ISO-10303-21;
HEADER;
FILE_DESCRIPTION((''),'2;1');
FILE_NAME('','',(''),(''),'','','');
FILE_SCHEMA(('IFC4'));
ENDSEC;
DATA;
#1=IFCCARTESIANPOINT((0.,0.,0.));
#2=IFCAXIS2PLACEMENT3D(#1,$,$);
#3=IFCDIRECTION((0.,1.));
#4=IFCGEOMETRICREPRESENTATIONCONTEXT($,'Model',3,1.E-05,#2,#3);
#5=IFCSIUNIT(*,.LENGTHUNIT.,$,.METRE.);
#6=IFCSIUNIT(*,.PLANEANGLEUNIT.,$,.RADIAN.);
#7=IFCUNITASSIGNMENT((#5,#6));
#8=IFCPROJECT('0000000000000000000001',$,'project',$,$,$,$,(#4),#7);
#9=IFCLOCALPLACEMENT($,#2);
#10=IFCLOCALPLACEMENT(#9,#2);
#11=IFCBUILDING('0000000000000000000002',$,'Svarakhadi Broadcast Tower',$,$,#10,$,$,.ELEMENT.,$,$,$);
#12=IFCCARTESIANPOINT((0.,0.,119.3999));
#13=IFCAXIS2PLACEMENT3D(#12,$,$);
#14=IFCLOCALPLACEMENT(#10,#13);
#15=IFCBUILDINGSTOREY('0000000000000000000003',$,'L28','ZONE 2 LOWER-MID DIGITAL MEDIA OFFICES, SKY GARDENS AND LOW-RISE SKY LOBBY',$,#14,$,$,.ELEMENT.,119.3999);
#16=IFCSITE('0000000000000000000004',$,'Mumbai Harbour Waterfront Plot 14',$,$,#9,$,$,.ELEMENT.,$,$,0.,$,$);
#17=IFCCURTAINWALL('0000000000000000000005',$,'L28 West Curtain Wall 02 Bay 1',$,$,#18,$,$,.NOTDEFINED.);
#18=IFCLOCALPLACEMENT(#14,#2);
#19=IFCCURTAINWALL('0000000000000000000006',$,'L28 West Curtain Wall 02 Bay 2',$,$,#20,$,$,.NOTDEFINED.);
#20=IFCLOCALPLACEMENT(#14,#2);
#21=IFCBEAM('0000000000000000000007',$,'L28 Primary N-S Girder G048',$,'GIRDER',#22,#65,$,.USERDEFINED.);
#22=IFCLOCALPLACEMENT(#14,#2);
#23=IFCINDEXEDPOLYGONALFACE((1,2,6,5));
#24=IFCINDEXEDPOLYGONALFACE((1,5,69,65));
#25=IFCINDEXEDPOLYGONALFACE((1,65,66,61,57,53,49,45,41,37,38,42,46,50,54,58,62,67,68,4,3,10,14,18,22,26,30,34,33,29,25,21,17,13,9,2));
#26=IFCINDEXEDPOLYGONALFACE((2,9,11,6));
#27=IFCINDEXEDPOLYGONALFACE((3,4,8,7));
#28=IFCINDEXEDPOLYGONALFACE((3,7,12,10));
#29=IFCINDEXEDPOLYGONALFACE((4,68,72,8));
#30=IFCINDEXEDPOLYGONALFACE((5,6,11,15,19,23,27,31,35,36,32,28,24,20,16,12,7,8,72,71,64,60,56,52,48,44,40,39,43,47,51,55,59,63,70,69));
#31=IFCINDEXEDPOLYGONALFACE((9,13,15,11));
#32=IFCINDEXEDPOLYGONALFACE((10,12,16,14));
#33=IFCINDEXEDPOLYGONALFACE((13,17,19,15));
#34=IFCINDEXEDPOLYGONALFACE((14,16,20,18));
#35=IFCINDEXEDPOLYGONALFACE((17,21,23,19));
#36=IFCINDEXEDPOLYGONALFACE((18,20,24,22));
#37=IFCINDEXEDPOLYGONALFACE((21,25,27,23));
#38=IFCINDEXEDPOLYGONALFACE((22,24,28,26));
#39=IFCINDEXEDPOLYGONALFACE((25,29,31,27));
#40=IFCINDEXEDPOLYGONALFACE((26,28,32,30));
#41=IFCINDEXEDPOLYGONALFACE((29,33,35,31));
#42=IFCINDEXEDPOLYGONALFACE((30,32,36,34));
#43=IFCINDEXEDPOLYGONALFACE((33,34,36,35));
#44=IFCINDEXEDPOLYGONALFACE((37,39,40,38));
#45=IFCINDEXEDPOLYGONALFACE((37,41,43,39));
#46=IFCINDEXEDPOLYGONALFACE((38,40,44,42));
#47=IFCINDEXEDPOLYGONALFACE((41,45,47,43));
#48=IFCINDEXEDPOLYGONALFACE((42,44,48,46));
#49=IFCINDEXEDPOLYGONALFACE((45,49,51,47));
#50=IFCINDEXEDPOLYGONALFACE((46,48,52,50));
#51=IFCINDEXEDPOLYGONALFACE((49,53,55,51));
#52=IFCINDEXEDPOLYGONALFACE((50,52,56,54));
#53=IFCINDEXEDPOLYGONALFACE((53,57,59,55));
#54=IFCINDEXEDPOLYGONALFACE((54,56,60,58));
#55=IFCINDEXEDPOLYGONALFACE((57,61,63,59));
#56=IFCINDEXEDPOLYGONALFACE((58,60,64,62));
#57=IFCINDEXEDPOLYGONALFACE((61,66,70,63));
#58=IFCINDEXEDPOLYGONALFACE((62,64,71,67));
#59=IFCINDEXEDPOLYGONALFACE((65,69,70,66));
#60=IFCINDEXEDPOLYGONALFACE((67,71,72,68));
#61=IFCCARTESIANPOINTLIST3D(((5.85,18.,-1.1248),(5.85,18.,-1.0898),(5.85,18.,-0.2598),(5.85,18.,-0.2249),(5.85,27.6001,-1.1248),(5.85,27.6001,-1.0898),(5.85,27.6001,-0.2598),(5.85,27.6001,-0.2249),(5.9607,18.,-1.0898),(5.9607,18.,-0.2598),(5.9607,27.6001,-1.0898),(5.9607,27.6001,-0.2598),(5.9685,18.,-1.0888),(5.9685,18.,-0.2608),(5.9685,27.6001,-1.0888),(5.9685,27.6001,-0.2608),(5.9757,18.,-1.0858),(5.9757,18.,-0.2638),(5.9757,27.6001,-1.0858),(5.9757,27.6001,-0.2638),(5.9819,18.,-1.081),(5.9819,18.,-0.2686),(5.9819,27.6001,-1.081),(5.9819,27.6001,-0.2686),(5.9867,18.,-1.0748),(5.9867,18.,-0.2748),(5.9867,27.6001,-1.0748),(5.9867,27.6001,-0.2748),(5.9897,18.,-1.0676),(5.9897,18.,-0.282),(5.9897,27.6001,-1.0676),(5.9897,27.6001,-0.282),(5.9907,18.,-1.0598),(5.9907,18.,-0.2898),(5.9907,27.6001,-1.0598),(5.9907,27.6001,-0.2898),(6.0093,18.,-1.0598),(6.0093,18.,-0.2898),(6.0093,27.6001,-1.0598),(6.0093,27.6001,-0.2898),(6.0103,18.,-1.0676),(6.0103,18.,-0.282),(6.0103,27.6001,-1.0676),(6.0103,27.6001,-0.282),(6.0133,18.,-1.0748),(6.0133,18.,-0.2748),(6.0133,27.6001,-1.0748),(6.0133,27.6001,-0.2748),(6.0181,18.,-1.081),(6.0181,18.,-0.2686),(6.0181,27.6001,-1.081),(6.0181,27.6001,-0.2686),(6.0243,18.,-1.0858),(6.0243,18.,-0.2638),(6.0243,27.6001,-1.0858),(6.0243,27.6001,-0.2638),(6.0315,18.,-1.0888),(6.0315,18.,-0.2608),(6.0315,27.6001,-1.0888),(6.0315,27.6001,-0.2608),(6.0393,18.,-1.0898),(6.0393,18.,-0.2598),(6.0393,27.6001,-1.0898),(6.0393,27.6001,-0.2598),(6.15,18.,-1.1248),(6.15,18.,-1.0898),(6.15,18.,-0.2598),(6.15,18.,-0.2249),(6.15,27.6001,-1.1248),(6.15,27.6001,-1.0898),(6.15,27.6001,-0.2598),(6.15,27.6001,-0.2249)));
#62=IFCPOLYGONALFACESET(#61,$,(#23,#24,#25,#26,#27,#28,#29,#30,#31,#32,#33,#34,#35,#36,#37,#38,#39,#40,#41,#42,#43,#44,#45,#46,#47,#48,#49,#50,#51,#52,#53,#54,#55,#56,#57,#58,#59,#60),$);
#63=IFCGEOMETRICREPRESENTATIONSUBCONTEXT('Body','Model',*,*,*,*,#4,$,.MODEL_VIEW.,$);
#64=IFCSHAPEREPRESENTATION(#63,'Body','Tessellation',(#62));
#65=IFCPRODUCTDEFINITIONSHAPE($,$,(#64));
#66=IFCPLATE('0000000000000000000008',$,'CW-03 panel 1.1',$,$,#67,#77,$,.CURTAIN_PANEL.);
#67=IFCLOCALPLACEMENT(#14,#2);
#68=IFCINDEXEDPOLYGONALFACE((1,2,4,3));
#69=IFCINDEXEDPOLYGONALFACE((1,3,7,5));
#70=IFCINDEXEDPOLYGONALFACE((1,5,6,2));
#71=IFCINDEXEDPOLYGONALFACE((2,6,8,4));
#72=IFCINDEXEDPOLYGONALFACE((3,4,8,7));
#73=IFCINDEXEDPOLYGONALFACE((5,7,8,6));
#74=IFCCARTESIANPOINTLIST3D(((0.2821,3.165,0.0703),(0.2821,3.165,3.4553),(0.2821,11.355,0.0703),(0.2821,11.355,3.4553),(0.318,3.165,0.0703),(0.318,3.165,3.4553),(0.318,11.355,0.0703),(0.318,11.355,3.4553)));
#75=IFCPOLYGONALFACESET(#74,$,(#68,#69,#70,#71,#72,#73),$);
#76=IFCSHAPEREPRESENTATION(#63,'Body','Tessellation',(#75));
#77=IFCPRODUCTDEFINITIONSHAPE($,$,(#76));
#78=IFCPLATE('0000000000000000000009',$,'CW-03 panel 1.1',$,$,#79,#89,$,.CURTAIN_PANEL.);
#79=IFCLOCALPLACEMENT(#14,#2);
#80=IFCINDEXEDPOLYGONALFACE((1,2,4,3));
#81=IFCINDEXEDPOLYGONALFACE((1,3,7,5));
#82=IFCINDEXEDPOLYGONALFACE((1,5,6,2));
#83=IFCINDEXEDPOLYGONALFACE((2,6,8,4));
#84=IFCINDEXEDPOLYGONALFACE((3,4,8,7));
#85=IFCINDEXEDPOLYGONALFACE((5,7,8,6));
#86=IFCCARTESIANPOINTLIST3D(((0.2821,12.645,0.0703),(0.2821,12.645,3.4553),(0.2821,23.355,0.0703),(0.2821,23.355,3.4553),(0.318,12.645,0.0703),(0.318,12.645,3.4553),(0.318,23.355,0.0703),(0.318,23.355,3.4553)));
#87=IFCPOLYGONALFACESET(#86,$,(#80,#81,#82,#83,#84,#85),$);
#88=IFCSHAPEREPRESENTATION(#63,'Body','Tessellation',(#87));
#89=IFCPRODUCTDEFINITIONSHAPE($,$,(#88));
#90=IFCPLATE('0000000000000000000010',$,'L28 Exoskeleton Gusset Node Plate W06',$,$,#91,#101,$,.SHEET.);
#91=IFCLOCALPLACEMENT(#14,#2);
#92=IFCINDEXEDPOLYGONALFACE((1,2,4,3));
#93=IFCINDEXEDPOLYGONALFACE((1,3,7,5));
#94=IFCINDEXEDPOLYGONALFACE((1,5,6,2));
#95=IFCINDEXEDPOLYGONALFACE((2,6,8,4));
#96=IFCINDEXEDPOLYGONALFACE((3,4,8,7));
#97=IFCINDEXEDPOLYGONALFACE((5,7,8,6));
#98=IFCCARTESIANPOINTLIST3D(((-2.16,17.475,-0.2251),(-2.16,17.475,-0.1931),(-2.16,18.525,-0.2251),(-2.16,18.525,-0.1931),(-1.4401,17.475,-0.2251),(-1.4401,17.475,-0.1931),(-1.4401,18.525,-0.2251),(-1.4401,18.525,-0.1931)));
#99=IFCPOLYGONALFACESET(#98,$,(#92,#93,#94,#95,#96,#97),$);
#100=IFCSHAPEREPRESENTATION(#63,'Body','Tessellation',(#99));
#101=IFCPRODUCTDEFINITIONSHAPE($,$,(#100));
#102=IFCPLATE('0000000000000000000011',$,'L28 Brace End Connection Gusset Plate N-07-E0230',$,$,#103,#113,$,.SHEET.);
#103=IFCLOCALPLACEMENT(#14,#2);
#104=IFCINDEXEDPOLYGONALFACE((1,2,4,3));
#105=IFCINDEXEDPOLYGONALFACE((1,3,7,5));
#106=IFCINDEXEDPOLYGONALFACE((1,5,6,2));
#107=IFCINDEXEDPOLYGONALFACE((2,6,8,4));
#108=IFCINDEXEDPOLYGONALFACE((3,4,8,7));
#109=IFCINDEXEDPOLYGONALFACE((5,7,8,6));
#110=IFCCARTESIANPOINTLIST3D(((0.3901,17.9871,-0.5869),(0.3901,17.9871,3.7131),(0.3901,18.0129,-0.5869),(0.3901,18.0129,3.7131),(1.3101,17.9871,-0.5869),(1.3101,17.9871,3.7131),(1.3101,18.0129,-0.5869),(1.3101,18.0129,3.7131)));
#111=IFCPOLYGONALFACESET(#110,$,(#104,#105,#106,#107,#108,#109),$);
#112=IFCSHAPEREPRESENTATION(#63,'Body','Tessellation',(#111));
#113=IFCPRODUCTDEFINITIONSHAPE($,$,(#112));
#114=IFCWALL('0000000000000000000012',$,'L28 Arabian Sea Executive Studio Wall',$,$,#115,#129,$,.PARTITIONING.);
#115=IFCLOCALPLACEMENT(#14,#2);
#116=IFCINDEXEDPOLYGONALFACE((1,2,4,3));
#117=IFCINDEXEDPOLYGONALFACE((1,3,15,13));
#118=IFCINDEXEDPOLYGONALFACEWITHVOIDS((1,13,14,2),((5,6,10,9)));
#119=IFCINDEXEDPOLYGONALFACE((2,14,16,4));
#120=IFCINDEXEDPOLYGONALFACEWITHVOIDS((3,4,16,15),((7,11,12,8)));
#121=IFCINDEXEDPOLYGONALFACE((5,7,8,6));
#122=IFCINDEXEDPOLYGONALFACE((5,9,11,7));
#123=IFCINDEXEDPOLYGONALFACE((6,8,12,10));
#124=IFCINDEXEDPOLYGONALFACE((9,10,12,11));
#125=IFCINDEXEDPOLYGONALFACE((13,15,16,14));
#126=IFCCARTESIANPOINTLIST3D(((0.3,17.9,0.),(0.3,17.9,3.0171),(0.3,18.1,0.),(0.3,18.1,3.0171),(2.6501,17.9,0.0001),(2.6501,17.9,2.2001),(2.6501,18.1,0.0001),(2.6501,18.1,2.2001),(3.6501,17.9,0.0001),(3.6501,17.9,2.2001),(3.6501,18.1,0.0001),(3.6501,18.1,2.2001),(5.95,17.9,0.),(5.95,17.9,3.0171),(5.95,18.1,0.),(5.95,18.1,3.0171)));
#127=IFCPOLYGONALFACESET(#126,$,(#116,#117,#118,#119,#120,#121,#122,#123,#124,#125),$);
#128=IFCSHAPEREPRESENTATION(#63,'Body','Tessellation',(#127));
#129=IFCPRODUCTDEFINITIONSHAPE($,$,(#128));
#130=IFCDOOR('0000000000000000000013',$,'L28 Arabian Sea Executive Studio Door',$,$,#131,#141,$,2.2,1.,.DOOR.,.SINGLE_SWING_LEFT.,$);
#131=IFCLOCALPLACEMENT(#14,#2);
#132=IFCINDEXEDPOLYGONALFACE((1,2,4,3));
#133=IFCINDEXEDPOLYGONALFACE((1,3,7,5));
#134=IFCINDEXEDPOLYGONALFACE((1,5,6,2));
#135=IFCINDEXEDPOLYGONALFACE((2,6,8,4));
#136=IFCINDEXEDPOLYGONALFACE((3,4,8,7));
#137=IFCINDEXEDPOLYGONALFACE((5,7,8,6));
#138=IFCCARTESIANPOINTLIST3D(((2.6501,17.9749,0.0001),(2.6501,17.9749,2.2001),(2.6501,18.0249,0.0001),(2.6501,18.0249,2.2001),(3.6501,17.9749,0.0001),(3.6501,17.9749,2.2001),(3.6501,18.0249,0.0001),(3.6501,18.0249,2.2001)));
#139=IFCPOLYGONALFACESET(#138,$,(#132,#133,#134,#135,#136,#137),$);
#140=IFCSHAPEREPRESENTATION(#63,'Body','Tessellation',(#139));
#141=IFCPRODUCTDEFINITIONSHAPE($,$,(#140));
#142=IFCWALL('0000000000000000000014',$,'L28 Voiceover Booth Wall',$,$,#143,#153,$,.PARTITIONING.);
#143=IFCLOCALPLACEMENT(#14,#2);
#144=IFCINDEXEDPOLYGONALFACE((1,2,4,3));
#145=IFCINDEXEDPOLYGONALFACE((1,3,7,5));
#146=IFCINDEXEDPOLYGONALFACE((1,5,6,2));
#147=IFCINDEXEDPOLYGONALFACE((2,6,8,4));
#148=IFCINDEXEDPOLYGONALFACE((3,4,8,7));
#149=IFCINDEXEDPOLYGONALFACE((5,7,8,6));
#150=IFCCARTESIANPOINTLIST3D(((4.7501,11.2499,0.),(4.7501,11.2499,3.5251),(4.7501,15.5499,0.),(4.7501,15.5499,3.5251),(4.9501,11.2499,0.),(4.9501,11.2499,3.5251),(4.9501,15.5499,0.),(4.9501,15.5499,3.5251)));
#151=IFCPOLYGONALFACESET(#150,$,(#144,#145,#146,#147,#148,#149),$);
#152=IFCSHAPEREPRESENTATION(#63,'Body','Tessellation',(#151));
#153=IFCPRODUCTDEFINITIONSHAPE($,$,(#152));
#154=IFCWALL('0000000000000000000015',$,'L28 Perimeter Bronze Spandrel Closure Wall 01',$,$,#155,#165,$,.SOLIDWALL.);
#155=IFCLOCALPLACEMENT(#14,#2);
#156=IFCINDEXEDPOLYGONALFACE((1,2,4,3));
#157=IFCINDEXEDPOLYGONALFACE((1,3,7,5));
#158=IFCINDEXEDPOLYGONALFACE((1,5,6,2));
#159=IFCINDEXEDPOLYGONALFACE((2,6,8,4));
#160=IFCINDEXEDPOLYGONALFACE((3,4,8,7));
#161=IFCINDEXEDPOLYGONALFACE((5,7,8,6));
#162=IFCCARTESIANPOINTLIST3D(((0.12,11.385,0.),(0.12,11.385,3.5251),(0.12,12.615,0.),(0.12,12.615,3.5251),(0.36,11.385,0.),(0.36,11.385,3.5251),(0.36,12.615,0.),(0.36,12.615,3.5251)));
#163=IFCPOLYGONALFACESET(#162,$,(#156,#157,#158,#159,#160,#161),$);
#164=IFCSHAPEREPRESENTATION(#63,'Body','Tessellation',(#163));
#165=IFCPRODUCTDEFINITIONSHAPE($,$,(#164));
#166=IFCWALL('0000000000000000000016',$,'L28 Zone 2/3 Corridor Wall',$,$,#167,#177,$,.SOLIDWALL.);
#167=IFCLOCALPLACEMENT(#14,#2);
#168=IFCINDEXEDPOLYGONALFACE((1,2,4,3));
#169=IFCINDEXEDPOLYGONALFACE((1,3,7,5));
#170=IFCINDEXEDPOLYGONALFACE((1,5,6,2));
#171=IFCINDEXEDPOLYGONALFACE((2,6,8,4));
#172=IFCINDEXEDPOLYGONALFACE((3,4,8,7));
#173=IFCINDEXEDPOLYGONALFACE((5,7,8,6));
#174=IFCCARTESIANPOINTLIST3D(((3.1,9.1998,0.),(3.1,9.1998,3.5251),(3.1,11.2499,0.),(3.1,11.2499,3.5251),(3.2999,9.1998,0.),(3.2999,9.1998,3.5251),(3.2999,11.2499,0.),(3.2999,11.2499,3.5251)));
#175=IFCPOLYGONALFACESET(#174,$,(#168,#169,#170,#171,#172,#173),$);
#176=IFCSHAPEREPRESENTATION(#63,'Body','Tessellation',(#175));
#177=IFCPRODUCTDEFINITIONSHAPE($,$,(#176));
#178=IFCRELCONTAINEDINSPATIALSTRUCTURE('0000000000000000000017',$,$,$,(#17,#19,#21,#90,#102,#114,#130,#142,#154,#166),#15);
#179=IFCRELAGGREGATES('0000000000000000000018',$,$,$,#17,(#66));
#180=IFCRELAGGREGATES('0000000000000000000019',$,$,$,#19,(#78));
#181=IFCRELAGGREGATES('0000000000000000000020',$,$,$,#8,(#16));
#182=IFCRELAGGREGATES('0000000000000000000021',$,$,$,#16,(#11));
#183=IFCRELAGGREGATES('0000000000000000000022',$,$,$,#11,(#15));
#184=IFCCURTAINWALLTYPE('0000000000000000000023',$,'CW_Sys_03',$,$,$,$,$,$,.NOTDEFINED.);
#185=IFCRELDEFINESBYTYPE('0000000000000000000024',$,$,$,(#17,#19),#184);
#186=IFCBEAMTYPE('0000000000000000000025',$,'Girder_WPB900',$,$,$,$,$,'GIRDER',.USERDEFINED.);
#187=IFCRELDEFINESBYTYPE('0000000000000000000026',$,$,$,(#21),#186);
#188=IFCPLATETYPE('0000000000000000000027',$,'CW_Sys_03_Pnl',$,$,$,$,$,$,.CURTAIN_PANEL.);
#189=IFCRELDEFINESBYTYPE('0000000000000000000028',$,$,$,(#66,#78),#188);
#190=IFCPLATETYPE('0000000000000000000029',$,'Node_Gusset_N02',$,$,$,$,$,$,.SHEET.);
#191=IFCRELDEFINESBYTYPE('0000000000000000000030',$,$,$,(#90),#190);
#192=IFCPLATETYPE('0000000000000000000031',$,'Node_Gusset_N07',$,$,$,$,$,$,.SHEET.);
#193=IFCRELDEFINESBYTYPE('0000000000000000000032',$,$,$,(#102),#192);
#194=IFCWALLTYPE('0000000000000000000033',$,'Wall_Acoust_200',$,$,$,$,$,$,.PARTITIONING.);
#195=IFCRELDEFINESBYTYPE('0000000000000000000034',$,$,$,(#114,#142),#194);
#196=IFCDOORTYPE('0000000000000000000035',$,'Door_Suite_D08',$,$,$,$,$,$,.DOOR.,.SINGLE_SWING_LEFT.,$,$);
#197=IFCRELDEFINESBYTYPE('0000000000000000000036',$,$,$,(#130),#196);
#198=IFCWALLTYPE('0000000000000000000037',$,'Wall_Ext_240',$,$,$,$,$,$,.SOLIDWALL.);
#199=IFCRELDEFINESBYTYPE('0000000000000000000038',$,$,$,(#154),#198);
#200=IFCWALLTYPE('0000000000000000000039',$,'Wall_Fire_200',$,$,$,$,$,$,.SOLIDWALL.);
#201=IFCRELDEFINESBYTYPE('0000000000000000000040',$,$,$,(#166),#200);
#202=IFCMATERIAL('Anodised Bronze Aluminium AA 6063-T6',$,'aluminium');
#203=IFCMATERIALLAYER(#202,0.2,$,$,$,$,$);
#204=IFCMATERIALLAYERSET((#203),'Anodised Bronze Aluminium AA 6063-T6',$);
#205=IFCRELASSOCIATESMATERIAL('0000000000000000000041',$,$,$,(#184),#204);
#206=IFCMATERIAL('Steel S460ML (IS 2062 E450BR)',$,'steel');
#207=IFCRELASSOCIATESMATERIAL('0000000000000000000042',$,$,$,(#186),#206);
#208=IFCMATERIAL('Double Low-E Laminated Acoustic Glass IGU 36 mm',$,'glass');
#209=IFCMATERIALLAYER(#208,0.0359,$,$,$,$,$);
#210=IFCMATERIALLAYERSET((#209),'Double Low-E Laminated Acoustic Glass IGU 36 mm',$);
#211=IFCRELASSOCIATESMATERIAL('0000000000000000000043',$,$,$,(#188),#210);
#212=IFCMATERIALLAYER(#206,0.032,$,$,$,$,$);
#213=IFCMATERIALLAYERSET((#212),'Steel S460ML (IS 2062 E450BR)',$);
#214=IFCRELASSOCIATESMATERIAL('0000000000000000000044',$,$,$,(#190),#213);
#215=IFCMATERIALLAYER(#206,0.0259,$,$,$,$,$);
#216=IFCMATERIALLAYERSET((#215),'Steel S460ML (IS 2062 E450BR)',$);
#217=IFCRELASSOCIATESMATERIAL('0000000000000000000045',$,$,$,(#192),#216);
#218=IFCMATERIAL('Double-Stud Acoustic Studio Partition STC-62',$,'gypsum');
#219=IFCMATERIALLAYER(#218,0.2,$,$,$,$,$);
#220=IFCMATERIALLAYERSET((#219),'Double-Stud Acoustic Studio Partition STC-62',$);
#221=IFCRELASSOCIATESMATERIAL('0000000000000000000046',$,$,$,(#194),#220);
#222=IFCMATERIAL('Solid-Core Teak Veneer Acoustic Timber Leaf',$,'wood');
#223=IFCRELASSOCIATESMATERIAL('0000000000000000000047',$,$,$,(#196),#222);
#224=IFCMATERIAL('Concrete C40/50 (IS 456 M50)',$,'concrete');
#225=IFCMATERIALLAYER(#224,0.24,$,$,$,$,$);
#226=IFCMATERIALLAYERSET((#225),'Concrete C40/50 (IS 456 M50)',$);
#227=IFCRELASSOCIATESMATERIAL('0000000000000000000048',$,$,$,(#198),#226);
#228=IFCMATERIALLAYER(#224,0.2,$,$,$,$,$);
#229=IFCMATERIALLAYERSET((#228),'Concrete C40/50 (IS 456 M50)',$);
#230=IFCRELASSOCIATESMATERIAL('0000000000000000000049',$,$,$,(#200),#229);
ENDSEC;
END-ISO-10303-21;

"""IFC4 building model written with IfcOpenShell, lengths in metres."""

from ifc_helpers import new_model, si_unit, direction, frame, frame_2d, origin, origin_2d, place, context, subcontext, project, spatial, rectangle, i_section, extrude, material, layer, layer_set, material_profile, profile_set, type_object, element, fill, aggregate, save


model = new_model("IFC4")

# Units and contexts
model_context = context("Model", 3, precision=1e-05, world=origin(), true_north=direction((0.0, 1.0)))
body_context = subcontext(model_context, "Body", "Model", "MODEL_VIEW")
ifc_project = project(units=[si_unit("LENGTHUNIT", "METRE"), si_unit("PLANEANGLEUNIT", "RADIAN")], contexts=[model_context])

# Site, building, storey
site_placement = place(None, origin())
site = spatial("IfcSite", under=ifc_project, at=site_placement, Name="Mumbai Harbour Waterfront Plot 14", CompositionType="ELEMENT", RefElevation=0.0)
building_placement = place(site_placement, origin())
building = spatial("IfcBuilding", under=site, at=building_placement, Name="Svarakhadi Broadcast Tower", CompositionType="ELEMENT")
storey_placement = place(building_placement, frame((0.0, 0.0, 119.3999)))
storey = spatial("IfcBuildingStorey", under=building, at=storey_placement, Name="L28", Description="ZONE 2 LOWER-MID DIGITAL MEDIA OFFICES, SKY GARDENS AND LOW-RISE SKY LOBBY", CompositionType="ELEMENT", Elevation=119.3999)

# Shared definitions
ifc_material_1 = material(Name="Steel S460ML (IS 2062 E450BR)", Category="steel")

# Curtain wall
ifc_material_2 = material(Name="Anodised Bronze Aluminium AA 6063-T6", Category="aluminium")
ifc_layer_1 = layer(ifc_material_2, 0.2)
ifc_layer_set_1 = layer_set([ifc_layer_1], Name="Anodised Bronze Aluminium AA 6063-T6")
curtain_wall_type = type_object("IfcCurtainWallType", Name="CW_Sys_03", PredefinedType="NOTDEFINED", material=ifc_layer_set_1)
curtain_wall_1_placement = place(storey_placement, origin())
curtain_wall_1 = element("IfcCurtainWall", 1, at=curtain_wall_1_placement, inside=storey, type_object=curtain_wall_type, Name="L28 West Curtain Wall 02 Bay 1", PredefinedType="NOTDEFINED")

# Curtain wall
curtain_wall_2_placement = place(storey_placement, origin())
curtain_wall_2 = element("IfcCurtainWall", 2, at=curtain_wall_2_placement, inside=storey, type_object=curtain_wall_type, Name="L28 West Curtain Wall 02 Bay 2", PredefinedType="NOTDEFINED")

# Beam
ifc_material_profile_1 = material_profile(ifc_material_1, i_section(OverallWidth=0.3, OverallDepth=0.8999, WebThickness=0.0186, FlangeThickness=0.0349, FilletRadius=0.03, at=origin_2d()), Name="WPB 900x300x291")
ifc_profile_set_1 = profile_set([ifc_material_profile_1], Name="Steel S460ML (IS 2062 E450BR)")
beam_type_1 = type_object("IfcBeamType", Name="Girder_WPB900", ElementType="GIRDER", PredefinedType="USERDEFINED", material=ifc_profile_set_1)
beam_1_placement = place(storey_placement, frame((6.0, 18.0, -0.6748), z_axis=(0.0, 1.0, 0.0), x_axis=(-1.0, 0.0, 0.0)))
element("IfcBeam", 3, at=beam_1_placement, inside=storey, type_object=beam_type_1, Name="L28 Primary N-S Girder G048", ObjectType="GIRDER", PredefinedType="USERDEFINED", context=body_context, shape_type="SweptSolid", body=[
    extrude(i_section(OverallWidth=0.3, OverallDepth=0.8999, WebThickness=0.0186, FlangeThickness=0.0349, FilletRadius=0.03, at=origin_2d()), origin(), (0.0, 0.0, 1.0), 9.6001),
])

# Plates
ifc_material_3 = material(Name="Double Low-E Laminated Acoustic Glass IGU 36 mm", Category="glass")
ifc_layer_2 = layer(ifc_material_3, 0.0359)
ifc_layer_set_2 = layer_set([ifc_layer_2], Name="Double Low-E Laminated Acoustic Glass IGU 36 mm")
plate_type_1 = type_object("IfcPlateType", Name="CW_Sys_03_Pnl", PredefinedType="CURTAIN_PANEL", material=ifc_layer_set_2)
plate_1_placement = place(storey_placement, frame((0.3, 7.26, 0.0703), z_axis=(0.0, 0.0, 1.0), x_axis=(0.0, 1.0, 0.0)))
plate_1 = element("IfcPlate", 4, at=plate_1_placement, type_object=plate_type_1, Name="CW-03 panel 1.1", PredefinedType="CURTAIN_PANEL", context=body_context, shape_type="SweptSolid", body=[
    extrude(rectangle(XDim=8.1899, YDim=0.0359, at=origin_2d()), origin(), (0.0, 0.0, 1.0), 3.385),
])
aggregate(curtain_wall_1, [plate_1])
plate_2_placement = place(storey_placement, frame((0.3, 18.0, 0.0703), z_axis=(0.0, 0.0, 1.0), x_axis=(0.0, 1.0, 0.0)))
plate_2 = element("IfcPlate", 5, at=plate_2_placement, type_object=plate_type_1, Name="CW-03 panel 1.1", PredefinedType="CURTAIN_PANEL", context=body_context, shape_type="SweptSolid", body=[
    extrude(rectangle(XDim=10.71, YDim=0.0359, at=origin_2d()), origin(), (0.0, 0.0, 1.0), 3.385),
])
aggregate(curtain_wall_2, [plate_2])

# Plates
ifc_layer_3 = layer(ifc_material_1, 0.032)
ifc_layer_set_3 = layer_set([ifc_layer_3], Name="Steel S460ML (IS 2062 E450BR)")
plate_type_2 = type_object("IfcPlateType", Name="Node_Gusset_N02", PredefinedType="SHEET", material=ifc_layer_set_3)
plate_3_placement = place(storey_placement, frame((-1.8, 18.0, -0.2251), z_axis=(0.0, 0.0, 1.0), x_axis=(0.0, 1.0, 0.0)))
element("IfcPlate", 6, at=plate_3_placement, inside=storey, type_object=plate_type_2, Name="L28 Exoskeleton Gusset Node Plate W06", PredefinedType="SHEET", context=body_context, shape_type="SweptSolid", body=[
    extrude(rectangle(XDim=1.05, YDim=0.72, at=origin_2d()), origin(), (0.0, 0.0, 1.0), 0.032),
])
ifc_layer_4 = layer(ifc_material_1, 0.0259)
ifc_layer_set_4 = layer_set([ifc_layer_4], Name="Steel S460ML (IS 2062 E450BR)")
plate_type_3 = type_object("IfcPlateType", Name="Node_Gusset_N07", PredefinedType="SHEET", material=ifc_layer_set_4)
plate_4_placement = place(storey_placement, frame((0.8501, 18.0, -0.5869), z_axis=(0.0, 0.0, 1.0), x_axis=(1.0, 0.0, 0.0)))
element("IfcPlate", 7, at=plate_4_placement, inside=storey, type_object=plate_type_3, Name="L28 Brace End Connection Gusset Plate N-07-E0230", PredefinedType="SHEET", context=body_context, shape_type="SweptSolid", body=[
    extrude(rectangle(XDim=0.9199, YDim=0.0259, at=origin_2d()), origin(), (0.0, 0.0, 1.0), 4.3),
])

# Wall, opening, door
ifc_material_4 = material(Name="Double-Stud Acoustic Studio Partition STC-62", Category="gypsum")
ifc_layer_5 = layer(ifc_material_4, 0.2)
ifc_layer_set_5 = layer_set([ifc_layer_5], Name="Double-Stud Acoustic Studio Partition STC-62")
wall_type_1 = type_object("IfcWallType", Name="Wall_Acoust_200", PredefinedType="PARTITIONING", material=ifc_layer_set_5)
wall_1_placement = place(storey_placement, frame((0.3, 18.0, 0.0), z_axis=(0.0, 0.0, 1.0), x_axis=(1.0, 0.0, 0.0)))
wall_1 = element("IfcWall", 8, at=wall_1_placement, inside=storey, type_object=wall_type_1, Name="L28 Arabian Sea Executive Studio Wall", PredefinedType="PARTITIONING", context=body_context, shape_type="SweptSolid", body=[
    extrude(rectangle(XDim=5.6499, YDim=0.2, at=frame_2d((2.825, 0.0))), origin(), (0.0, 0.0, 1.0), 3.0171),
])
opening_placement = place(wall_1_placement, frame((2.3501, 0.0, 0.0)))
opening = element("IfcOpeningElement", 9, at=opening_placement, cuts=wall_1, PredefinedType="OPENING", context=body_context, shape_type="SweptSolid", body=[
    extrude(rectangle(XDim=1.0, YDim=2.2, at=frame_2d((0.5, 1.1001))), frame((0.0, 0.1099, 0.0), z_axis=(0.0, -1.0, 0.0), x_axis=(1.0, 0.0, 0.0)), (0.0, 0.0, 1.0), 0.22),
])
ifc_material_5 = material(Name="Solid-Core Teak Veneer Acoustic Timber Leaf", Category="wood")
door_type = type_object("IfcDoorType", Name="Door_Suite_D08", OperationType="SINGLE_SWING_LEFT", PredefinedType="DOOR", material=ifc_material_5)
door_placement = place(opening_placement, origin())
door = element("IfcDoor", 10, at=door_placement, inside=storey, type_object=door_type, Name="L28 Arabian Sea Executive Studio Door", OperationType="SINGLE_SWING_LEFT", OverallHeight=2.2, OverallWidth=1.0, PredefinedType="DOOR", context=body_context, shape_type="SweptSolid", body=[
    extrude(rectangle(XDim=1.0, YDim=2.2, at=frame_2d((0.5, 1.1001))), frame((0.0, 0.0249, 0.0), z_axis=(0.0, -1.0, 0.0), x_axis=(1.0, 0.0, 0.0)), (0.0, 0.0, 1.0), 0.05),
])
fill(opening, door)

# Walls
wall_2_placement = place(storey_placement, frame((4.8501, 11.25, 0.0), z_axis=(0.0, 0.0, 1.0), x_axis=(0.0, 1.0, 0.0)))
element("IfcWall", 11, at=wall_2_placement, inside=storey, type_object=wall_type_1, Name="L28 Voiceover Booth Wall", PredefinedType="PARTITIONING", context=body_context, shape_type="SweptSolid", body=[
    extrude(rectangle(XDim=4.3, YDim=0.2, at=frame_2d((2.1499, 0.0))), origin(), (0.0, 0.0, 1.0), 3.5251),
])
ifc_material_6 = material(Name="Concrete C40/50 (IS 456 M50)", Category="concrete")
ifc_layer_6 = layer(ifc_material_6, 0.24)
ifc_layer_set_6 = layer_set([ifc_layer_6], Name="Concrete C40/50 (IS 456 M50)")
wall_type_2 = type_object("IfcWallType", Name="Wall_Ext_240", PredefinedType="SOLIDWALL", material=ifc_layer_set_6)
wall_3_placement = place(storey_placement, frame((0.24, 11.385, 0.0), z_axis=(0.0, 0.0, 1.0), x_axis=(0.0, 1.0, 0.0)))
element("IfcWall", 12, at=wall_3_placement, inside=storey, type_object=wall_type_2, Name="L28 Perimeter Bronze Spandrel Closure Wall 01", PredefinedType="SOLIDWALL", context=body_context, shape_type="SweptSolid", body=[
    extrude(rectangle(XDim=1.23, YDim=0.24, at=frame_2d((0.615, 0.0))), origin(), (0.0, 0.0, 1.0), 3.5251),
])
ifc_layer_7 = layer(ifc_material_6, 0.2)
ifc_layer_set_7 = layer_set([ifc_layer_7], Name="Concrete C40/50 (IS 456 M50)")
wall_type_3 = type_object("IfcWallType", Name="Wall_Fire_200", PredefinedType="SOLIDWALL", material=ifc_layer_set_7)
wall_4_placement = place(storey_placement, frame((3.2, 9.2, 0.0), z_axis=(0.0, 0.0, 1.0), x_axis=(0.0, 1.0, 0.0)))
element("IfcWall", 13, at=wall_4_placement, inside=storey, type_object=wall_type_3, Name="L28 Zone 2/3 Corridor Wall", PredefinedType="SOLIDWALL", context=body_context, shape_type="SweptSolid", body=[
    extrude(rectangle(XDim=2.05, YDim=0.2, at=frame_2d((1.0249, 0.0))), origin(), (0.0, 0.0, 1.0), 3.5251),
])

save(model, "model.ifc")
